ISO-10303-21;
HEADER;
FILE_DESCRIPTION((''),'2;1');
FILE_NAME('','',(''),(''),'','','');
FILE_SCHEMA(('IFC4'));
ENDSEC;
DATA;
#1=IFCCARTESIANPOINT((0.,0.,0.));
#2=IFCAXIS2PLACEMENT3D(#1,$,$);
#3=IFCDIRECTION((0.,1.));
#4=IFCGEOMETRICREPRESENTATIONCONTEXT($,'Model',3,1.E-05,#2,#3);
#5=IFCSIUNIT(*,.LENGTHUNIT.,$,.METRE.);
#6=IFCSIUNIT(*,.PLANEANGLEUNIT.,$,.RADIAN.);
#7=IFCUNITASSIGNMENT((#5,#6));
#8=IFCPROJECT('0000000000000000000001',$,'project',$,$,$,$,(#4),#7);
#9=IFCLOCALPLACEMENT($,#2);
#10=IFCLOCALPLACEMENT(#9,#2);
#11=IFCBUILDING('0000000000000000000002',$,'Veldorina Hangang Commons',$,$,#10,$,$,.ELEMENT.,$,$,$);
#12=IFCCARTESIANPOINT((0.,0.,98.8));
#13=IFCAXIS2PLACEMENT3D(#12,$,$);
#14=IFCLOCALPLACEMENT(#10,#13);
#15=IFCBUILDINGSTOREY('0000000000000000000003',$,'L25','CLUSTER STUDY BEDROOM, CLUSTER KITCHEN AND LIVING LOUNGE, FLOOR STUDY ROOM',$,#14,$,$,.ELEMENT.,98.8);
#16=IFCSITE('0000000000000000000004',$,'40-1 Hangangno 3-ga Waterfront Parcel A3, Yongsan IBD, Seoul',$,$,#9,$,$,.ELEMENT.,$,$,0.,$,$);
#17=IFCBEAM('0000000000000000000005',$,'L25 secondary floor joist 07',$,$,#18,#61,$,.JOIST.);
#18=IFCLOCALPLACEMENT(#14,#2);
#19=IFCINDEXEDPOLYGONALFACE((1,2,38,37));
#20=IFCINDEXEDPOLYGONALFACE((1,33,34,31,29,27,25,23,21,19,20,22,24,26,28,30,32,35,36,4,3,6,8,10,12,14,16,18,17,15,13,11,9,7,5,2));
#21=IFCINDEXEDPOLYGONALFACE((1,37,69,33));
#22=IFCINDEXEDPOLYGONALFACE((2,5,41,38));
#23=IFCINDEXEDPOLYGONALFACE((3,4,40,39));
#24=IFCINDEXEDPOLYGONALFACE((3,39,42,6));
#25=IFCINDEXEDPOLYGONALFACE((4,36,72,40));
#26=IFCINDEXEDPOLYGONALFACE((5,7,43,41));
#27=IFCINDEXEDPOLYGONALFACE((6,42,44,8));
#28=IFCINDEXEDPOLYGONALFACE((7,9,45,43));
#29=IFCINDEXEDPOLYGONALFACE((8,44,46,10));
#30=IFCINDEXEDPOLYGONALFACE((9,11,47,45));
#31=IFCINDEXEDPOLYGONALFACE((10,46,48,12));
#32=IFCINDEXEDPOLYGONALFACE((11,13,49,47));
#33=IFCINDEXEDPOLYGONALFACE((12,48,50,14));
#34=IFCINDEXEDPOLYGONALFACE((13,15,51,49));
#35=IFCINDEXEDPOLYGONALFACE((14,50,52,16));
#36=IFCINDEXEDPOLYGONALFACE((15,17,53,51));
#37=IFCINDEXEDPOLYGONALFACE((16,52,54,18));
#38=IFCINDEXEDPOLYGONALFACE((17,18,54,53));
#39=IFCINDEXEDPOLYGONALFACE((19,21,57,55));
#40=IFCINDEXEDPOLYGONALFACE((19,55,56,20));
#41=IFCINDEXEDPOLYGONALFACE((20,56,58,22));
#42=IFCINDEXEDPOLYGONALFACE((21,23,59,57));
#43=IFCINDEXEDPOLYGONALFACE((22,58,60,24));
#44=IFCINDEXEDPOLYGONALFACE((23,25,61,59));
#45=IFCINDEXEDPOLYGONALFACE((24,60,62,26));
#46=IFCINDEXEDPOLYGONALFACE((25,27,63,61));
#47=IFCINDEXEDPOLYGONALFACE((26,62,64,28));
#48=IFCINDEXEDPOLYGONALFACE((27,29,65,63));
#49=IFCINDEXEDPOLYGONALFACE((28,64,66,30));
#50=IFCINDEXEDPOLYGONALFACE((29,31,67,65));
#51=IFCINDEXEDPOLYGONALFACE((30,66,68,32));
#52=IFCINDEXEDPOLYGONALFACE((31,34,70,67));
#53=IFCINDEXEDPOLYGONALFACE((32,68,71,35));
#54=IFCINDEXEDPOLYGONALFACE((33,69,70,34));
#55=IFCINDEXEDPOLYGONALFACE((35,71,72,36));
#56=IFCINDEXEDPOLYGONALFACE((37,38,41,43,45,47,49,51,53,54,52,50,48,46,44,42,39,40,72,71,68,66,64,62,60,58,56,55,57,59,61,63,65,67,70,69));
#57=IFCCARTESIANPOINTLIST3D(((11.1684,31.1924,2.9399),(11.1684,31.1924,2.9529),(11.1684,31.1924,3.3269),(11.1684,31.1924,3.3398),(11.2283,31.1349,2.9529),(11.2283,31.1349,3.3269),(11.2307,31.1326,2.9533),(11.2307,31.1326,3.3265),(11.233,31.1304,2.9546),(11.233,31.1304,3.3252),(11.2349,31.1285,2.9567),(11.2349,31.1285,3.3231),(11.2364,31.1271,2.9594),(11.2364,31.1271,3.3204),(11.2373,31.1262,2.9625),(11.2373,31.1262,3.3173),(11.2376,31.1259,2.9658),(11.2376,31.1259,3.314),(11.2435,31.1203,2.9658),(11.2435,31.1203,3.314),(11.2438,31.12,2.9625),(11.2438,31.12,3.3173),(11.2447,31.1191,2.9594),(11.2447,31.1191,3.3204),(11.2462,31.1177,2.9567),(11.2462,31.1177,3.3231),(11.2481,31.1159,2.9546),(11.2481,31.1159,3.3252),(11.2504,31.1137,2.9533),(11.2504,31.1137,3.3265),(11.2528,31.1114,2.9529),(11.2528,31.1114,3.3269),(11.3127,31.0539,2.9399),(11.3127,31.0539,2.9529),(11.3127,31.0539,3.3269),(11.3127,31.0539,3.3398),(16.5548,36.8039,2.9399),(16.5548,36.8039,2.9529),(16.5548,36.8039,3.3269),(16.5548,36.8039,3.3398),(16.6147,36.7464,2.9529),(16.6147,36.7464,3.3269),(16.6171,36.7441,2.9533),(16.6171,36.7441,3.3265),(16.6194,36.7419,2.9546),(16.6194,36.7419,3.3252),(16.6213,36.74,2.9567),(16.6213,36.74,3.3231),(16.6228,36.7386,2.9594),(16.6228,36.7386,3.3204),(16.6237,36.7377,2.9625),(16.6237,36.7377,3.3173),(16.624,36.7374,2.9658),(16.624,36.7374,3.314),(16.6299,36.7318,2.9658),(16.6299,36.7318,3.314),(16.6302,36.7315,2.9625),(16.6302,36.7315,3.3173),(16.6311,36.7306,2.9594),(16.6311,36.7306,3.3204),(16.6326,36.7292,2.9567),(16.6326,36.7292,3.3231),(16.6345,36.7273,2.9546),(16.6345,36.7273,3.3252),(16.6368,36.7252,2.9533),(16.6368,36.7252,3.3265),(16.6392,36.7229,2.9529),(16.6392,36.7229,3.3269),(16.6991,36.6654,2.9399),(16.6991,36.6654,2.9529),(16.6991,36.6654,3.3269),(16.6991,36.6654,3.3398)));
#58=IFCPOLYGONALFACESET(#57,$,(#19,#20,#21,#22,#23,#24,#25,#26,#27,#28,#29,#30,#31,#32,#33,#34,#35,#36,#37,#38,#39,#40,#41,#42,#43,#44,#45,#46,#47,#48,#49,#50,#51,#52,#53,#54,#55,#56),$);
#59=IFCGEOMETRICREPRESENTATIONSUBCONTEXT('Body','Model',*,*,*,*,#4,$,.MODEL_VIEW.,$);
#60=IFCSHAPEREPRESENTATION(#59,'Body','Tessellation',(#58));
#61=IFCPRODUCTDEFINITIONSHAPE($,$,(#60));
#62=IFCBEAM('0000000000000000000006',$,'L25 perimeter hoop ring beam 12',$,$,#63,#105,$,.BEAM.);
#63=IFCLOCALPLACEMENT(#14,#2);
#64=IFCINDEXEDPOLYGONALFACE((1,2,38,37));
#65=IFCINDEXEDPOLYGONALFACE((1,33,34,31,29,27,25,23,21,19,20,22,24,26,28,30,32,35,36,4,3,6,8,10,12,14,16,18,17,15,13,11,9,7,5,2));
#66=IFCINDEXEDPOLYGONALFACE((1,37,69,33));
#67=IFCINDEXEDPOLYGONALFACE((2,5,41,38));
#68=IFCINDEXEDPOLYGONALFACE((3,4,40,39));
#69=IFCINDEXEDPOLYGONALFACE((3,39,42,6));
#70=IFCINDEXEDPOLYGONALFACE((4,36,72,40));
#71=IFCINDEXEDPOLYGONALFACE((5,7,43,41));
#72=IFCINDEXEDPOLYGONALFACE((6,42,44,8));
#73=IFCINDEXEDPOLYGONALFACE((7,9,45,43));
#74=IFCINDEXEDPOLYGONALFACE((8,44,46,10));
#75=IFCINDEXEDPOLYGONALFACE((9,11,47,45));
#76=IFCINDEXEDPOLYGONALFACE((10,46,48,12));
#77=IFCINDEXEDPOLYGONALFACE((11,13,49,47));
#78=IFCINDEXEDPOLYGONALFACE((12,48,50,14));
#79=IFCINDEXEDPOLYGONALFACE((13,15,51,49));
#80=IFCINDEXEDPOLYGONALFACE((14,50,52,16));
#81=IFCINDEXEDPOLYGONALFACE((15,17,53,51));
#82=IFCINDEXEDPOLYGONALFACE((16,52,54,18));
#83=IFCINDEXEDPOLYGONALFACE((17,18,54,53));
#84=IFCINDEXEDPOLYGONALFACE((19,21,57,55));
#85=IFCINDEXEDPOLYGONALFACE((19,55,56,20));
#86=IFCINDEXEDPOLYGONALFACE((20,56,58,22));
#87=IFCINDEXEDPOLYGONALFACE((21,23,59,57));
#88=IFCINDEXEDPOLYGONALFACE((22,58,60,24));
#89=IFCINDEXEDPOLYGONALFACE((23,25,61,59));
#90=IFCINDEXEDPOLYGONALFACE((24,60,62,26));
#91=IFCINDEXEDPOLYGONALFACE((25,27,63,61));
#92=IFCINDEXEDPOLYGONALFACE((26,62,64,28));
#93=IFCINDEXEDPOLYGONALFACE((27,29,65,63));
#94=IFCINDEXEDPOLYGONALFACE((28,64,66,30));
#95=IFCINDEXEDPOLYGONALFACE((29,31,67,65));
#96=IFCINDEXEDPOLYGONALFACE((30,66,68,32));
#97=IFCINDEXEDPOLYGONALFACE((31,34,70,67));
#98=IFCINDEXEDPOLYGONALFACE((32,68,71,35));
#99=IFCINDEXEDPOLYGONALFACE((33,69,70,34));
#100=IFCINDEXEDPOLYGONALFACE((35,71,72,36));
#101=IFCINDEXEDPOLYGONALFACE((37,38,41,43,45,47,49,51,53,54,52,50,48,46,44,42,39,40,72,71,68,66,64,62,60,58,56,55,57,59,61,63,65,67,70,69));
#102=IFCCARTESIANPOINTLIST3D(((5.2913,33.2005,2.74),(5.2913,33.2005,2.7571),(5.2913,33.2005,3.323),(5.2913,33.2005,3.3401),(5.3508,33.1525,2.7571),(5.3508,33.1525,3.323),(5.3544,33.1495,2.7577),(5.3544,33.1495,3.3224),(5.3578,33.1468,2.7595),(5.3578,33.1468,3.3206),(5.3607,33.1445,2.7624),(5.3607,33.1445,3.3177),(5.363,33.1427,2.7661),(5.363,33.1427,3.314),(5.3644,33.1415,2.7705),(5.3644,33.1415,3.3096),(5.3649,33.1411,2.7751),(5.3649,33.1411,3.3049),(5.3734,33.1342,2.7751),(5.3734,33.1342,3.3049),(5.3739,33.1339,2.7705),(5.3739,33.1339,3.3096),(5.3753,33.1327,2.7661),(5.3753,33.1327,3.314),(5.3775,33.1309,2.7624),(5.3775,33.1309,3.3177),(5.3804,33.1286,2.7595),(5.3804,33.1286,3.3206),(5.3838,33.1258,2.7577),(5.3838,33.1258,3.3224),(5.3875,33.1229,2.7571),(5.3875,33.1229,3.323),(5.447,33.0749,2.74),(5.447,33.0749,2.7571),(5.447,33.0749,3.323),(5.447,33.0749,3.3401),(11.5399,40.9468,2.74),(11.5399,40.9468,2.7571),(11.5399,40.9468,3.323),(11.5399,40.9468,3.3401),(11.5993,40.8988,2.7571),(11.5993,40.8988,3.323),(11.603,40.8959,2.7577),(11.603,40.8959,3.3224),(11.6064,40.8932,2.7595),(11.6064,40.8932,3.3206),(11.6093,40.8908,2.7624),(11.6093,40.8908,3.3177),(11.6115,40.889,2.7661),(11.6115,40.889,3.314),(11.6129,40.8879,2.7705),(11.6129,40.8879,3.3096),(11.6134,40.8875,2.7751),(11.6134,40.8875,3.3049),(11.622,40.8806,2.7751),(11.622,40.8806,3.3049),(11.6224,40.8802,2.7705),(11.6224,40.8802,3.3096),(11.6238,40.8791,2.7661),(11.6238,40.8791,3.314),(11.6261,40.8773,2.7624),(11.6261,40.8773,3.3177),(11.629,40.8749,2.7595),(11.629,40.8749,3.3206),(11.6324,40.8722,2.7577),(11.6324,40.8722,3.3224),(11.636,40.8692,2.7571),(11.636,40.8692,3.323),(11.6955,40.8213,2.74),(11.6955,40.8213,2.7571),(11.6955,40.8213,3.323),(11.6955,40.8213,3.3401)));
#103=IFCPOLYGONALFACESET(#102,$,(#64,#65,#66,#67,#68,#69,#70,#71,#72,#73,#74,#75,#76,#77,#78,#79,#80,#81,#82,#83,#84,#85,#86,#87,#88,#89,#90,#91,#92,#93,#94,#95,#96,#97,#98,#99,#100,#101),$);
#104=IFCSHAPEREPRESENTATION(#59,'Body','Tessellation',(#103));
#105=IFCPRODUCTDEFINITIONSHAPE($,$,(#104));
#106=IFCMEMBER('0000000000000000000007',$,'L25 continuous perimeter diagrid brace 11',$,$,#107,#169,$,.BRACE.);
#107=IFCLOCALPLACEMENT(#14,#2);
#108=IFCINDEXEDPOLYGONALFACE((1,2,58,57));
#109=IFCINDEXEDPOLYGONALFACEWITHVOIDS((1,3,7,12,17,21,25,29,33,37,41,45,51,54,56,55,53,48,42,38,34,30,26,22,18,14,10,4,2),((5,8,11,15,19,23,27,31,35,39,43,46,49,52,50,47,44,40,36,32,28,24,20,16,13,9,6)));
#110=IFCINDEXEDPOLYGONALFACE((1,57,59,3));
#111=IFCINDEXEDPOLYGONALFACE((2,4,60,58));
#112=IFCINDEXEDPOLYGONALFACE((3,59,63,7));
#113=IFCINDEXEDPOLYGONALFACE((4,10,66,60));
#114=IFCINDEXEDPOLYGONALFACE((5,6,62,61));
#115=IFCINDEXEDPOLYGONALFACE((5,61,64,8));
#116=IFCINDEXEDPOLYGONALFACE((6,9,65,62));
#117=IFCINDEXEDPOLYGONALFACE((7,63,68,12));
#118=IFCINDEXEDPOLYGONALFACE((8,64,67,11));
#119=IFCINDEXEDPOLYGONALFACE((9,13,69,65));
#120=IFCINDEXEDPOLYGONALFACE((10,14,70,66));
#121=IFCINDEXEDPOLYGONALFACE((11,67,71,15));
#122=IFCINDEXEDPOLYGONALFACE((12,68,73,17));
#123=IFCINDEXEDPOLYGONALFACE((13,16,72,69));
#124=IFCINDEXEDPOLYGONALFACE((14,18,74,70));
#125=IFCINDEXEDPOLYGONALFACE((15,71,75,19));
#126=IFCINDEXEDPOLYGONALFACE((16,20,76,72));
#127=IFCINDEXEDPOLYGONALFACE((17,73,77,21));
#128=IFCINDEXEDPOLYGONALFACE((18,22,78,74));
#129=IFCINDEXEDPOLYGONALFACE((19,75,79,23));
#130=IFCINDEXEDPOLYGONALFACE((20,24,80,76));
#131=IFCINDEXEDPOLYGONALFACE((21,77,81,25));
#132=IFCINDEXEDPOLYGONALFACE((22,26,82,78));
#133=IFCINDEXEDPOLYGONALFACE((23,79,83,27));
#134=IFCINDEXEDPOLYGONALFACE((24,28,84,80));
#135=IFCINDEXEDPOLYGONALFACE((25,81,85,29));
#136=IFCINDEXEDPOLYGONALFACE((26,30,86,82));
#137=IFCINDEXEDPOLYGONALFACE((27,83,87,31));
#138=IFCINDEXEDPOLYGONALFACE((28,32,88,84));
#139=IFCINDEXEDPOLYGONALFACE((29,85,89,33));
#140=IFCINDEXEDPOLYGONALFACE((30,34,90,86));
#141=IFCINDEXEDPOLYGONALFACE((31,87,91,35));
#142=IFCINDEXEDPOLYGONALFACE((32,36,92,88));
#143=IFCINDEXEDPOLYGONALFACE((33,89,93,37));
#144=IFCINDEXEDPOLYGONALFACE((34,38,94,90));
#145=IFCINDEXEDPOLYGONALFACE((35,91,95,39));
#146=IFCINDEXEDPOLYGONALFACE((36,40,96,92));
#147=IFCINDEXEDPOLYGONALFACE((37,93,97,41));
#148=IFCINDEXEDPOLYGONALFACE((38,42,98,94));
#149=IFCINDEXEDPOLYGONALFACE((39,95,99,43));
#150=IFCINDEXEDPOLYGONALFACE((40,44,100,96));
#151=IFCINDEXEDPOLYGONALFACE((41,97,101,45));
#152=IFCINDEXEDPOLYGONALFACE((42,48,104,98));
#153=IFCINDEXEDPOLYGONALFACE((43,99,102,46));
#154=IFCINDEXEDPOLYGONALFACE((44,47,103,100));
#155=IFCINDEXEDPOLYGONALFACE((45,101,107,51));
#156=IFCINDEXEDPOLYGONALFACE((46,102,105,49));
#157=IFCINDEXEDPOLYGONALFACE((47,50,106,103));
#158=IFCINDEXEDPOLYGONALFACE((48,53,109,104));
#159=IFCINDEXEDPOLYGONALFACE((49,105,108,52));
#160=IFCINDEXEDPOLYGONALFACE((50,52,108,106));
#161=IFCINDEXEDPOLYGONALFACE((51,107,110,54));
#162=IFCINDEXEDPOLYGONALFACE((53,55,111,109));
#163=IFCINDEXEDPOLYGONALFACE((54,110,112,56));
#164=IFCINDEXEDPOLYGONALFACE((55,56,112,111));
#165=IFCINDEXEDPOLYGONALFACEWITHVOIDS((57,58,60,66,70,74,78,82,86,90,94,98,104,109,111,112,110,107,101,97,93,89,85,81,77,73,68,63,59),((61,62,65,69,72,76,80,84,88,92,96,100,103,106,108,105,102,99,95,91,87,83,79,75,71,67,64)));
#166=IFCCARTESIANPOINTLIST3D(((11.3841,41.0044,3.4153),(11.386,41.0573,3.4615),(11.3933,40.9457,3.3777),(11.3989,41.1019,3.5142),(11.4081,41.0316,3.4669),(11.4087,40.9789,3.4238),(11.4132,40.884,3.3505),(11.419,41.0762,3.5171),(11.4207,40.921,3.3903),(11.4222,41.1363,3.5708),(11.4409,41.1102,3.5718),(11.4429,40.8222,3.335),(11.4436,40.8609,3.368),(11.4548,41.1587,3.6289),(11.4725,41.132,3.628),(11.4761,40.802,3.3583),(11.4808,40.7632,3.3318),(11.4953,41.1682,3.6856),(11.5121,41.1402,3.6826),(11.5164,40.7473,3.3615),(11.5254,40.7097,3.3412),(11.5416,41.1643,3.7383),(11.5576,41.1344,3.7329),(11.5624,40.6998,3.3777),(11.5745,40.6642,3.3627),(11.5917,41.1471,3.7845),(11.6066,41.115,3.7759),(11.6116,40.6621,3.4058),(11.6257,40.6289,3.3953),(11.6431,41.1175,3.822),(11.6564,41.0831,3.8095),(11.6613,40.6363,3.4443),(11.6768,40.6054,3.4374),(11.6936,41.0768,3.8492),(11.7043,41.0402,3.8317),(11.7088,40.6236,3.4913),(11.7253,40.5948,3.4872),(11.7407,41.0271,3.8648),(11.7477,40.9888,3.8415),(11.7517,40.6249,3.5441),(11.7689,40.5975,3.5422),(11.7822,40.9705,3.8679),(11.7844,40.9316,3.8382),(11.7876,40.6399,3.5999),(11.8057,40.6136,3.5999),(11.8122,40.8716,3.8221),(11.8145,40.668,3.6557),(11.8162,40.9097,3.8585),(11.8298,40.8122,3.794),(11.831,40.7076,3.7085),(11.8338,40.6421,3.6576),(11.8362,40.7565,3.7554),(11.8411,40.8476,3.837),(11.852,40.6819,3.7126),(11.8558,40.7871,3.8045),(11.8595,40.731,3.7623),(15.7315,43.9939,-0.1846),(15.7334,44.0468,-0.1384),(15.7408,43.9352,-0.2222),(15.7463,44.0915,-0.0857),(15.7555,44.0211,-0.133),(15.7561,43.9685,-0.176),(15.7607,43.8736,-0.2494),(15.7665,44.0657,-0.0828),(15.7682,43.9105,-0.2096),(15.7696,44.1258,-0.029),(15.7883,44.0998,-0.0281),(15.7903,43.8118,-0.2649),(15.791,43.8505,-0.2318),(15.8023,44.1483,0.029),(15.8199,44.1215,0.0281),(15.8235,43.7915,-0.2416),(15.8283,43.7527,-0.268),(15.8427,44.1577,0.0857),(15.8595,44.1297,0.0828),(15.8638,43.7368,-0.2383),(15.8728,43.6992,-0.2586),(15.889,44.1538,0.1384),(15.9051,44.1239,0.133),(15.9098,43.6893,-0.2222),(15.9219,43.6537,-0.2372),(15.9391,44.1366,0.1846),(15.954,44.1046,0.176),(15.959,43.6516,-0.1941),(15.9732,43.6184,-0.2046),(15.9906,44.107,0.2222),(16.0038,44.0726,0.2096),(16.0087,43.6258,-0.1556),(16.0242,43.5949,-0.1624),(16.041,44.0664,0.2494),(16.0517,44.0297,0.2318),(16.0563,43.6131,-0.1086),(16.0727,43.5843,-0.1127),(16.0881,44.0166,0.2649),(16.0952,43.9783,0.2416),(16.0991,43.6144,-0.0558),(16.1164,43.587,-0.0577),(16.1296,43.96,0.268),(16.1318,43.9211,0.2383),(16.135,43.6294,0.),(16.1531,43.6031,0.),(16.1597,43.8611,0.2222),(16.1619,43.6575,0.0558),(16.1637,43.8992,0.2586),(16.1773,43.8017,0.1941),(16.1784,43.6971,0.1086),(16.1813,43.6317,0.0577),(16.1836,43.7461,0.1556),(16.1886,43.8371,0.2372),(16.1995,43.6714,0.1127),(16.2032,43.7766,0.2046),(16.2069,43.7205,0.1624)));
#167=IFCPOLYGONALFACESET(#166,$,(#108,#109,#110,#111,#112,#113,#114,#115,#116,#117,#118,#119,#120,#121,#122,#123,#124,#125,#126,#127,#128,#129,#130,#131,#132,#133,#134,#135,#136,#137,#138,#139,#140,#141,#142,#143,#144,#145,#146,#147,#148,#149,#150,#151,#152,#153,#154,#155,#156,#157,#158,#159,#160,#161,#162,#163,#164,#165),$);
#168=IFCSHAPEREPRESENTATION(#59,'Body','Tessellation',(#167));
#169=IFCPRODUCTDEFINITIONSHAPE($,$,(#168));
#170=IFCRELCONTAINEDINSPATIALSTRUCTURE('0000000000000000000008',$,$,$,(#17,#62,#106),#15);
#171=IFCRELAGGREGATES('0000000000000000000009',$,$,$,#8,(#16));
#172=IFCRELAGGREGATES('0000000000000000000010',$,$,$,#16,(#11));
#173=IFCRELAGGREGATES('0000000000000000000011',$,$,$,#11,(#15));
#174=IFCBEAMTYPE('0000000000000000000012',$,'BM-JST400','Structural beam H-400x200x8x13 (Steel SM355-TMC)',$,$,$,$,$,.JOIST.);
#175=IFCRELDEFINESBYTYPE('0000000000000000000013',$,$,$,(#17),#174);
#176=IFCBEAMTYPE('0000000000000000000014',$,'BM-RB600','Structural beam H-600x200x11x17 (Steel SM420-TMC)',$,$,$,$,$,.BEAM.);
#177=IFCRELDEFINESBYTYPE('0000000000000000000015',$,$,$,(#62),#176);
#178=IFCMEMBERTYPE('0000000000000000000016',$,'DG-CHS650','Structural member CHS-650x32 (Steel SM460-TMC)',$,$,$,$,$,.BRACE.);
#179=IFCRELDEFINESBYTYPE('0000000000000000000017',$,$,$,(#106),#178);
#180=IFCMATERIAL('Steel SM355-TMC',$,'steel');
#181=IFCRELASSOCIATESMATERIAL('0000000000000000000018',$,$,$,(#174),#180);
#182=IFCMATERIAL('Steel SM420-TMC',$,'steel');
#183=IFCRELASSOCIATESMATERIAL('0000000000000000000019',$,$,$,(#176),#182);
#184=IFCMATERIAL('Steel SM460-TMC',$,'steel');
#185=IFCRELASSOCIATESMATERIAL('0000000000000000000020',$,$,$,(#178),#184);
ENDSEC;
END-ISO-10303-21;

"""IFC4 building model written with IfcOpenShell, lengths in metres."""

from ifc_helpers import new_model, si_unit, direction, frame, origin, origin_2d, place, context, subcontext, project, spatial, hollow_circle, i_section, extrude, material, material_profile, profile_set, type_object, element, save


model = new_model("IFC4")

# Units and contexts
model_context = context("Model", 3, precision=1e-05, world=origin(), true_north=direction((0.0, 1.0)))
body_context = subcontext(model_context, "Body", "Model", "MODEL_VIEW")
ifc_project = project(units=[si_unit("LENGTHUNIT", "METRE"), si_unit("PLANEANGLEUNIT", "RADIAN")], contexts=[model_context])

# Site, building, storey
site_placement = place(None, origin())
site = spatial("IfcSite", under=ifc_project, at=site_placement, Name="40-1 Hangangno 3-ga Waterfront Parcel A3, Yongsan IBD, Seoul", CompositionType="ELEMENT", RefElevation=0.0)
building_placement = place(site_placement, origin())
building = spatial("IfcBuilding", under=site, at=building_placement, Name="Veldorina Hangang Commons", CompositionType="ELEMENT")
storey_placement = place(building_placement, frame((0.0, 0.0, 98.8)))
storey = spatial("IfcBuildingStorey", under=building, at=storey_placement, Name="L25", Description="CLUSTER STUDY BEDROOM, CLUSTER KITCHEN AND LIVING LOUNGE, FLOOR STUDY ROOM", CompositionType="ELEMENT", Elevation=98.8)

# Beams
ifc_material_1 = material(Name="Steel SM355-TMC", Category="steel")
ifc_material_profile_1 = material_profile(ifc_material_1, i_section(OverallWidth=0.2, OverallDepth=0.3999, WebThickness=0.0081, FlangeThickness=0.0129, FilletRadius=0.0129, at=origin_2d()), Name="H-400x200x8x13")
ifc_profile_set_1 = profile_set([ifc_material_profile_1], Name="Steel SM355-TMC")
beam_type_1 = type_object("IfcBeamType", Name="BM-JST400", Description="Structural beam H-400x200x8x13 (Steel SM355-TMC)", PredefinedType="JOIST", material=ifc_profile_set_1)
beam_1_placement = place(storey_placement, frame((16.627, 36.7346, 3.1399), z_axis=(-0.692489, -0.721428, 0.0), x_axis=(0.721428, -0.692489, 0.0)))
element("IfcBeam", 1, at=beam_1_placement, inside=storey, type_object=beam_type_1, Name="L25 secondary floor joist 07", PredefinedType="JOIST", context=body_context, shape_type="SweptSolid", body=[
    extrude(i_section(OverallWidth=0.2, OverallDepth=0.3999, WebThickness=0.0081, FlangeThickness=0.0129, FilletRadius=0.0129, at=origin_2d()), origin(), (0.0, 0.0, 1.0), 7.7783),
])
ifc_material_2 = material(Name="Steel SM420-TMC", Category="steel")
ifc_material_profile_2 = material_profile(ifc_material_2, i_section(OverallWidth=0.2, OverallDepth=0.6001, WebThickness=0.011, FlangeThickness=0.0171, FilletRadius=0.0181, at=origin_2d()), Name="H-600x200x11x17")
ifc_profile_set_2 = profile_set([ifc_material_profile_2], Name="Steel SM420-TMC")
beam_type_2 = type_object("IfcBeamType", Name="BM-RB600", Description="Structural beam H-600x200x11x17 (Steel SM420-TMC)", PredefinedType="BEAM", material=ifc_profile_set_2)
beam_2_placement = place(storey_placement, frame((11.6177, 40.884, 3.04), z_axis=(-0.627843, -0.77834, 0.0), x_axis=(0.77834, -0.627843, 0.0)))
element("IfcBeam", 2, at=beam_2_placement, inside=storey, type_object=beam_type_2, Name="L25 perimeter hoop ring beam 12", PredefinedType="BEAM", context=body_context, shape_type="SweptSolid", body=[
    extrude(i_section(OverallWidth=0.2, OverallDepth=0.6001, WebThickness=0.011, FlangeThickness=0.0171, FilletRadius=0.0181, at=origin_2d()), origin(), (0.0, 0.0, 1.0), 9.9524),
])

# Member
ifc_material_3 = material(Name="Steel SM460-TMC", Category="steel")
ifc_material_profile_3 = material_profile(ifc_material_3, hollow_circle(Radius=0.325, WallThickness=0.032, at=origin_2d()), Name="CHS-650x32")
ifc_profile_set_3 = profile_set([ifc_material_profile_3], Name="Steel SM460-TMC")
member_type = type_object("IfcMemberType", Name="DG-CHS650", Description="Structural member CHS-650x32 (Steel SM460-TMC)", PredefinedType="BRACE", material=ifc_profile_set_3)
member_1_placement = place(storey_placement, frame((15.969, 43.8708, 0.0), z_axis=(-0.680647, -0.468047, 0.563606), x_axis=(0.566613, -0.823984, 0.0)))
element("IfcMember", 3, at=member_1_placement, inside=storey, type_object=member_type, Name="L25 continuous perimeter diagrid brace 11", PredefinedType="BRACE", context=body_context, shape_type="SweptSolid", body=[
    extrude(hollow_circle(Radius=0.325, WallThickness=0.032, at=origin_2d()), origin(), (0.0, 0.0, 1.0), 6.3872),
])

save(model, "model.ifc")
